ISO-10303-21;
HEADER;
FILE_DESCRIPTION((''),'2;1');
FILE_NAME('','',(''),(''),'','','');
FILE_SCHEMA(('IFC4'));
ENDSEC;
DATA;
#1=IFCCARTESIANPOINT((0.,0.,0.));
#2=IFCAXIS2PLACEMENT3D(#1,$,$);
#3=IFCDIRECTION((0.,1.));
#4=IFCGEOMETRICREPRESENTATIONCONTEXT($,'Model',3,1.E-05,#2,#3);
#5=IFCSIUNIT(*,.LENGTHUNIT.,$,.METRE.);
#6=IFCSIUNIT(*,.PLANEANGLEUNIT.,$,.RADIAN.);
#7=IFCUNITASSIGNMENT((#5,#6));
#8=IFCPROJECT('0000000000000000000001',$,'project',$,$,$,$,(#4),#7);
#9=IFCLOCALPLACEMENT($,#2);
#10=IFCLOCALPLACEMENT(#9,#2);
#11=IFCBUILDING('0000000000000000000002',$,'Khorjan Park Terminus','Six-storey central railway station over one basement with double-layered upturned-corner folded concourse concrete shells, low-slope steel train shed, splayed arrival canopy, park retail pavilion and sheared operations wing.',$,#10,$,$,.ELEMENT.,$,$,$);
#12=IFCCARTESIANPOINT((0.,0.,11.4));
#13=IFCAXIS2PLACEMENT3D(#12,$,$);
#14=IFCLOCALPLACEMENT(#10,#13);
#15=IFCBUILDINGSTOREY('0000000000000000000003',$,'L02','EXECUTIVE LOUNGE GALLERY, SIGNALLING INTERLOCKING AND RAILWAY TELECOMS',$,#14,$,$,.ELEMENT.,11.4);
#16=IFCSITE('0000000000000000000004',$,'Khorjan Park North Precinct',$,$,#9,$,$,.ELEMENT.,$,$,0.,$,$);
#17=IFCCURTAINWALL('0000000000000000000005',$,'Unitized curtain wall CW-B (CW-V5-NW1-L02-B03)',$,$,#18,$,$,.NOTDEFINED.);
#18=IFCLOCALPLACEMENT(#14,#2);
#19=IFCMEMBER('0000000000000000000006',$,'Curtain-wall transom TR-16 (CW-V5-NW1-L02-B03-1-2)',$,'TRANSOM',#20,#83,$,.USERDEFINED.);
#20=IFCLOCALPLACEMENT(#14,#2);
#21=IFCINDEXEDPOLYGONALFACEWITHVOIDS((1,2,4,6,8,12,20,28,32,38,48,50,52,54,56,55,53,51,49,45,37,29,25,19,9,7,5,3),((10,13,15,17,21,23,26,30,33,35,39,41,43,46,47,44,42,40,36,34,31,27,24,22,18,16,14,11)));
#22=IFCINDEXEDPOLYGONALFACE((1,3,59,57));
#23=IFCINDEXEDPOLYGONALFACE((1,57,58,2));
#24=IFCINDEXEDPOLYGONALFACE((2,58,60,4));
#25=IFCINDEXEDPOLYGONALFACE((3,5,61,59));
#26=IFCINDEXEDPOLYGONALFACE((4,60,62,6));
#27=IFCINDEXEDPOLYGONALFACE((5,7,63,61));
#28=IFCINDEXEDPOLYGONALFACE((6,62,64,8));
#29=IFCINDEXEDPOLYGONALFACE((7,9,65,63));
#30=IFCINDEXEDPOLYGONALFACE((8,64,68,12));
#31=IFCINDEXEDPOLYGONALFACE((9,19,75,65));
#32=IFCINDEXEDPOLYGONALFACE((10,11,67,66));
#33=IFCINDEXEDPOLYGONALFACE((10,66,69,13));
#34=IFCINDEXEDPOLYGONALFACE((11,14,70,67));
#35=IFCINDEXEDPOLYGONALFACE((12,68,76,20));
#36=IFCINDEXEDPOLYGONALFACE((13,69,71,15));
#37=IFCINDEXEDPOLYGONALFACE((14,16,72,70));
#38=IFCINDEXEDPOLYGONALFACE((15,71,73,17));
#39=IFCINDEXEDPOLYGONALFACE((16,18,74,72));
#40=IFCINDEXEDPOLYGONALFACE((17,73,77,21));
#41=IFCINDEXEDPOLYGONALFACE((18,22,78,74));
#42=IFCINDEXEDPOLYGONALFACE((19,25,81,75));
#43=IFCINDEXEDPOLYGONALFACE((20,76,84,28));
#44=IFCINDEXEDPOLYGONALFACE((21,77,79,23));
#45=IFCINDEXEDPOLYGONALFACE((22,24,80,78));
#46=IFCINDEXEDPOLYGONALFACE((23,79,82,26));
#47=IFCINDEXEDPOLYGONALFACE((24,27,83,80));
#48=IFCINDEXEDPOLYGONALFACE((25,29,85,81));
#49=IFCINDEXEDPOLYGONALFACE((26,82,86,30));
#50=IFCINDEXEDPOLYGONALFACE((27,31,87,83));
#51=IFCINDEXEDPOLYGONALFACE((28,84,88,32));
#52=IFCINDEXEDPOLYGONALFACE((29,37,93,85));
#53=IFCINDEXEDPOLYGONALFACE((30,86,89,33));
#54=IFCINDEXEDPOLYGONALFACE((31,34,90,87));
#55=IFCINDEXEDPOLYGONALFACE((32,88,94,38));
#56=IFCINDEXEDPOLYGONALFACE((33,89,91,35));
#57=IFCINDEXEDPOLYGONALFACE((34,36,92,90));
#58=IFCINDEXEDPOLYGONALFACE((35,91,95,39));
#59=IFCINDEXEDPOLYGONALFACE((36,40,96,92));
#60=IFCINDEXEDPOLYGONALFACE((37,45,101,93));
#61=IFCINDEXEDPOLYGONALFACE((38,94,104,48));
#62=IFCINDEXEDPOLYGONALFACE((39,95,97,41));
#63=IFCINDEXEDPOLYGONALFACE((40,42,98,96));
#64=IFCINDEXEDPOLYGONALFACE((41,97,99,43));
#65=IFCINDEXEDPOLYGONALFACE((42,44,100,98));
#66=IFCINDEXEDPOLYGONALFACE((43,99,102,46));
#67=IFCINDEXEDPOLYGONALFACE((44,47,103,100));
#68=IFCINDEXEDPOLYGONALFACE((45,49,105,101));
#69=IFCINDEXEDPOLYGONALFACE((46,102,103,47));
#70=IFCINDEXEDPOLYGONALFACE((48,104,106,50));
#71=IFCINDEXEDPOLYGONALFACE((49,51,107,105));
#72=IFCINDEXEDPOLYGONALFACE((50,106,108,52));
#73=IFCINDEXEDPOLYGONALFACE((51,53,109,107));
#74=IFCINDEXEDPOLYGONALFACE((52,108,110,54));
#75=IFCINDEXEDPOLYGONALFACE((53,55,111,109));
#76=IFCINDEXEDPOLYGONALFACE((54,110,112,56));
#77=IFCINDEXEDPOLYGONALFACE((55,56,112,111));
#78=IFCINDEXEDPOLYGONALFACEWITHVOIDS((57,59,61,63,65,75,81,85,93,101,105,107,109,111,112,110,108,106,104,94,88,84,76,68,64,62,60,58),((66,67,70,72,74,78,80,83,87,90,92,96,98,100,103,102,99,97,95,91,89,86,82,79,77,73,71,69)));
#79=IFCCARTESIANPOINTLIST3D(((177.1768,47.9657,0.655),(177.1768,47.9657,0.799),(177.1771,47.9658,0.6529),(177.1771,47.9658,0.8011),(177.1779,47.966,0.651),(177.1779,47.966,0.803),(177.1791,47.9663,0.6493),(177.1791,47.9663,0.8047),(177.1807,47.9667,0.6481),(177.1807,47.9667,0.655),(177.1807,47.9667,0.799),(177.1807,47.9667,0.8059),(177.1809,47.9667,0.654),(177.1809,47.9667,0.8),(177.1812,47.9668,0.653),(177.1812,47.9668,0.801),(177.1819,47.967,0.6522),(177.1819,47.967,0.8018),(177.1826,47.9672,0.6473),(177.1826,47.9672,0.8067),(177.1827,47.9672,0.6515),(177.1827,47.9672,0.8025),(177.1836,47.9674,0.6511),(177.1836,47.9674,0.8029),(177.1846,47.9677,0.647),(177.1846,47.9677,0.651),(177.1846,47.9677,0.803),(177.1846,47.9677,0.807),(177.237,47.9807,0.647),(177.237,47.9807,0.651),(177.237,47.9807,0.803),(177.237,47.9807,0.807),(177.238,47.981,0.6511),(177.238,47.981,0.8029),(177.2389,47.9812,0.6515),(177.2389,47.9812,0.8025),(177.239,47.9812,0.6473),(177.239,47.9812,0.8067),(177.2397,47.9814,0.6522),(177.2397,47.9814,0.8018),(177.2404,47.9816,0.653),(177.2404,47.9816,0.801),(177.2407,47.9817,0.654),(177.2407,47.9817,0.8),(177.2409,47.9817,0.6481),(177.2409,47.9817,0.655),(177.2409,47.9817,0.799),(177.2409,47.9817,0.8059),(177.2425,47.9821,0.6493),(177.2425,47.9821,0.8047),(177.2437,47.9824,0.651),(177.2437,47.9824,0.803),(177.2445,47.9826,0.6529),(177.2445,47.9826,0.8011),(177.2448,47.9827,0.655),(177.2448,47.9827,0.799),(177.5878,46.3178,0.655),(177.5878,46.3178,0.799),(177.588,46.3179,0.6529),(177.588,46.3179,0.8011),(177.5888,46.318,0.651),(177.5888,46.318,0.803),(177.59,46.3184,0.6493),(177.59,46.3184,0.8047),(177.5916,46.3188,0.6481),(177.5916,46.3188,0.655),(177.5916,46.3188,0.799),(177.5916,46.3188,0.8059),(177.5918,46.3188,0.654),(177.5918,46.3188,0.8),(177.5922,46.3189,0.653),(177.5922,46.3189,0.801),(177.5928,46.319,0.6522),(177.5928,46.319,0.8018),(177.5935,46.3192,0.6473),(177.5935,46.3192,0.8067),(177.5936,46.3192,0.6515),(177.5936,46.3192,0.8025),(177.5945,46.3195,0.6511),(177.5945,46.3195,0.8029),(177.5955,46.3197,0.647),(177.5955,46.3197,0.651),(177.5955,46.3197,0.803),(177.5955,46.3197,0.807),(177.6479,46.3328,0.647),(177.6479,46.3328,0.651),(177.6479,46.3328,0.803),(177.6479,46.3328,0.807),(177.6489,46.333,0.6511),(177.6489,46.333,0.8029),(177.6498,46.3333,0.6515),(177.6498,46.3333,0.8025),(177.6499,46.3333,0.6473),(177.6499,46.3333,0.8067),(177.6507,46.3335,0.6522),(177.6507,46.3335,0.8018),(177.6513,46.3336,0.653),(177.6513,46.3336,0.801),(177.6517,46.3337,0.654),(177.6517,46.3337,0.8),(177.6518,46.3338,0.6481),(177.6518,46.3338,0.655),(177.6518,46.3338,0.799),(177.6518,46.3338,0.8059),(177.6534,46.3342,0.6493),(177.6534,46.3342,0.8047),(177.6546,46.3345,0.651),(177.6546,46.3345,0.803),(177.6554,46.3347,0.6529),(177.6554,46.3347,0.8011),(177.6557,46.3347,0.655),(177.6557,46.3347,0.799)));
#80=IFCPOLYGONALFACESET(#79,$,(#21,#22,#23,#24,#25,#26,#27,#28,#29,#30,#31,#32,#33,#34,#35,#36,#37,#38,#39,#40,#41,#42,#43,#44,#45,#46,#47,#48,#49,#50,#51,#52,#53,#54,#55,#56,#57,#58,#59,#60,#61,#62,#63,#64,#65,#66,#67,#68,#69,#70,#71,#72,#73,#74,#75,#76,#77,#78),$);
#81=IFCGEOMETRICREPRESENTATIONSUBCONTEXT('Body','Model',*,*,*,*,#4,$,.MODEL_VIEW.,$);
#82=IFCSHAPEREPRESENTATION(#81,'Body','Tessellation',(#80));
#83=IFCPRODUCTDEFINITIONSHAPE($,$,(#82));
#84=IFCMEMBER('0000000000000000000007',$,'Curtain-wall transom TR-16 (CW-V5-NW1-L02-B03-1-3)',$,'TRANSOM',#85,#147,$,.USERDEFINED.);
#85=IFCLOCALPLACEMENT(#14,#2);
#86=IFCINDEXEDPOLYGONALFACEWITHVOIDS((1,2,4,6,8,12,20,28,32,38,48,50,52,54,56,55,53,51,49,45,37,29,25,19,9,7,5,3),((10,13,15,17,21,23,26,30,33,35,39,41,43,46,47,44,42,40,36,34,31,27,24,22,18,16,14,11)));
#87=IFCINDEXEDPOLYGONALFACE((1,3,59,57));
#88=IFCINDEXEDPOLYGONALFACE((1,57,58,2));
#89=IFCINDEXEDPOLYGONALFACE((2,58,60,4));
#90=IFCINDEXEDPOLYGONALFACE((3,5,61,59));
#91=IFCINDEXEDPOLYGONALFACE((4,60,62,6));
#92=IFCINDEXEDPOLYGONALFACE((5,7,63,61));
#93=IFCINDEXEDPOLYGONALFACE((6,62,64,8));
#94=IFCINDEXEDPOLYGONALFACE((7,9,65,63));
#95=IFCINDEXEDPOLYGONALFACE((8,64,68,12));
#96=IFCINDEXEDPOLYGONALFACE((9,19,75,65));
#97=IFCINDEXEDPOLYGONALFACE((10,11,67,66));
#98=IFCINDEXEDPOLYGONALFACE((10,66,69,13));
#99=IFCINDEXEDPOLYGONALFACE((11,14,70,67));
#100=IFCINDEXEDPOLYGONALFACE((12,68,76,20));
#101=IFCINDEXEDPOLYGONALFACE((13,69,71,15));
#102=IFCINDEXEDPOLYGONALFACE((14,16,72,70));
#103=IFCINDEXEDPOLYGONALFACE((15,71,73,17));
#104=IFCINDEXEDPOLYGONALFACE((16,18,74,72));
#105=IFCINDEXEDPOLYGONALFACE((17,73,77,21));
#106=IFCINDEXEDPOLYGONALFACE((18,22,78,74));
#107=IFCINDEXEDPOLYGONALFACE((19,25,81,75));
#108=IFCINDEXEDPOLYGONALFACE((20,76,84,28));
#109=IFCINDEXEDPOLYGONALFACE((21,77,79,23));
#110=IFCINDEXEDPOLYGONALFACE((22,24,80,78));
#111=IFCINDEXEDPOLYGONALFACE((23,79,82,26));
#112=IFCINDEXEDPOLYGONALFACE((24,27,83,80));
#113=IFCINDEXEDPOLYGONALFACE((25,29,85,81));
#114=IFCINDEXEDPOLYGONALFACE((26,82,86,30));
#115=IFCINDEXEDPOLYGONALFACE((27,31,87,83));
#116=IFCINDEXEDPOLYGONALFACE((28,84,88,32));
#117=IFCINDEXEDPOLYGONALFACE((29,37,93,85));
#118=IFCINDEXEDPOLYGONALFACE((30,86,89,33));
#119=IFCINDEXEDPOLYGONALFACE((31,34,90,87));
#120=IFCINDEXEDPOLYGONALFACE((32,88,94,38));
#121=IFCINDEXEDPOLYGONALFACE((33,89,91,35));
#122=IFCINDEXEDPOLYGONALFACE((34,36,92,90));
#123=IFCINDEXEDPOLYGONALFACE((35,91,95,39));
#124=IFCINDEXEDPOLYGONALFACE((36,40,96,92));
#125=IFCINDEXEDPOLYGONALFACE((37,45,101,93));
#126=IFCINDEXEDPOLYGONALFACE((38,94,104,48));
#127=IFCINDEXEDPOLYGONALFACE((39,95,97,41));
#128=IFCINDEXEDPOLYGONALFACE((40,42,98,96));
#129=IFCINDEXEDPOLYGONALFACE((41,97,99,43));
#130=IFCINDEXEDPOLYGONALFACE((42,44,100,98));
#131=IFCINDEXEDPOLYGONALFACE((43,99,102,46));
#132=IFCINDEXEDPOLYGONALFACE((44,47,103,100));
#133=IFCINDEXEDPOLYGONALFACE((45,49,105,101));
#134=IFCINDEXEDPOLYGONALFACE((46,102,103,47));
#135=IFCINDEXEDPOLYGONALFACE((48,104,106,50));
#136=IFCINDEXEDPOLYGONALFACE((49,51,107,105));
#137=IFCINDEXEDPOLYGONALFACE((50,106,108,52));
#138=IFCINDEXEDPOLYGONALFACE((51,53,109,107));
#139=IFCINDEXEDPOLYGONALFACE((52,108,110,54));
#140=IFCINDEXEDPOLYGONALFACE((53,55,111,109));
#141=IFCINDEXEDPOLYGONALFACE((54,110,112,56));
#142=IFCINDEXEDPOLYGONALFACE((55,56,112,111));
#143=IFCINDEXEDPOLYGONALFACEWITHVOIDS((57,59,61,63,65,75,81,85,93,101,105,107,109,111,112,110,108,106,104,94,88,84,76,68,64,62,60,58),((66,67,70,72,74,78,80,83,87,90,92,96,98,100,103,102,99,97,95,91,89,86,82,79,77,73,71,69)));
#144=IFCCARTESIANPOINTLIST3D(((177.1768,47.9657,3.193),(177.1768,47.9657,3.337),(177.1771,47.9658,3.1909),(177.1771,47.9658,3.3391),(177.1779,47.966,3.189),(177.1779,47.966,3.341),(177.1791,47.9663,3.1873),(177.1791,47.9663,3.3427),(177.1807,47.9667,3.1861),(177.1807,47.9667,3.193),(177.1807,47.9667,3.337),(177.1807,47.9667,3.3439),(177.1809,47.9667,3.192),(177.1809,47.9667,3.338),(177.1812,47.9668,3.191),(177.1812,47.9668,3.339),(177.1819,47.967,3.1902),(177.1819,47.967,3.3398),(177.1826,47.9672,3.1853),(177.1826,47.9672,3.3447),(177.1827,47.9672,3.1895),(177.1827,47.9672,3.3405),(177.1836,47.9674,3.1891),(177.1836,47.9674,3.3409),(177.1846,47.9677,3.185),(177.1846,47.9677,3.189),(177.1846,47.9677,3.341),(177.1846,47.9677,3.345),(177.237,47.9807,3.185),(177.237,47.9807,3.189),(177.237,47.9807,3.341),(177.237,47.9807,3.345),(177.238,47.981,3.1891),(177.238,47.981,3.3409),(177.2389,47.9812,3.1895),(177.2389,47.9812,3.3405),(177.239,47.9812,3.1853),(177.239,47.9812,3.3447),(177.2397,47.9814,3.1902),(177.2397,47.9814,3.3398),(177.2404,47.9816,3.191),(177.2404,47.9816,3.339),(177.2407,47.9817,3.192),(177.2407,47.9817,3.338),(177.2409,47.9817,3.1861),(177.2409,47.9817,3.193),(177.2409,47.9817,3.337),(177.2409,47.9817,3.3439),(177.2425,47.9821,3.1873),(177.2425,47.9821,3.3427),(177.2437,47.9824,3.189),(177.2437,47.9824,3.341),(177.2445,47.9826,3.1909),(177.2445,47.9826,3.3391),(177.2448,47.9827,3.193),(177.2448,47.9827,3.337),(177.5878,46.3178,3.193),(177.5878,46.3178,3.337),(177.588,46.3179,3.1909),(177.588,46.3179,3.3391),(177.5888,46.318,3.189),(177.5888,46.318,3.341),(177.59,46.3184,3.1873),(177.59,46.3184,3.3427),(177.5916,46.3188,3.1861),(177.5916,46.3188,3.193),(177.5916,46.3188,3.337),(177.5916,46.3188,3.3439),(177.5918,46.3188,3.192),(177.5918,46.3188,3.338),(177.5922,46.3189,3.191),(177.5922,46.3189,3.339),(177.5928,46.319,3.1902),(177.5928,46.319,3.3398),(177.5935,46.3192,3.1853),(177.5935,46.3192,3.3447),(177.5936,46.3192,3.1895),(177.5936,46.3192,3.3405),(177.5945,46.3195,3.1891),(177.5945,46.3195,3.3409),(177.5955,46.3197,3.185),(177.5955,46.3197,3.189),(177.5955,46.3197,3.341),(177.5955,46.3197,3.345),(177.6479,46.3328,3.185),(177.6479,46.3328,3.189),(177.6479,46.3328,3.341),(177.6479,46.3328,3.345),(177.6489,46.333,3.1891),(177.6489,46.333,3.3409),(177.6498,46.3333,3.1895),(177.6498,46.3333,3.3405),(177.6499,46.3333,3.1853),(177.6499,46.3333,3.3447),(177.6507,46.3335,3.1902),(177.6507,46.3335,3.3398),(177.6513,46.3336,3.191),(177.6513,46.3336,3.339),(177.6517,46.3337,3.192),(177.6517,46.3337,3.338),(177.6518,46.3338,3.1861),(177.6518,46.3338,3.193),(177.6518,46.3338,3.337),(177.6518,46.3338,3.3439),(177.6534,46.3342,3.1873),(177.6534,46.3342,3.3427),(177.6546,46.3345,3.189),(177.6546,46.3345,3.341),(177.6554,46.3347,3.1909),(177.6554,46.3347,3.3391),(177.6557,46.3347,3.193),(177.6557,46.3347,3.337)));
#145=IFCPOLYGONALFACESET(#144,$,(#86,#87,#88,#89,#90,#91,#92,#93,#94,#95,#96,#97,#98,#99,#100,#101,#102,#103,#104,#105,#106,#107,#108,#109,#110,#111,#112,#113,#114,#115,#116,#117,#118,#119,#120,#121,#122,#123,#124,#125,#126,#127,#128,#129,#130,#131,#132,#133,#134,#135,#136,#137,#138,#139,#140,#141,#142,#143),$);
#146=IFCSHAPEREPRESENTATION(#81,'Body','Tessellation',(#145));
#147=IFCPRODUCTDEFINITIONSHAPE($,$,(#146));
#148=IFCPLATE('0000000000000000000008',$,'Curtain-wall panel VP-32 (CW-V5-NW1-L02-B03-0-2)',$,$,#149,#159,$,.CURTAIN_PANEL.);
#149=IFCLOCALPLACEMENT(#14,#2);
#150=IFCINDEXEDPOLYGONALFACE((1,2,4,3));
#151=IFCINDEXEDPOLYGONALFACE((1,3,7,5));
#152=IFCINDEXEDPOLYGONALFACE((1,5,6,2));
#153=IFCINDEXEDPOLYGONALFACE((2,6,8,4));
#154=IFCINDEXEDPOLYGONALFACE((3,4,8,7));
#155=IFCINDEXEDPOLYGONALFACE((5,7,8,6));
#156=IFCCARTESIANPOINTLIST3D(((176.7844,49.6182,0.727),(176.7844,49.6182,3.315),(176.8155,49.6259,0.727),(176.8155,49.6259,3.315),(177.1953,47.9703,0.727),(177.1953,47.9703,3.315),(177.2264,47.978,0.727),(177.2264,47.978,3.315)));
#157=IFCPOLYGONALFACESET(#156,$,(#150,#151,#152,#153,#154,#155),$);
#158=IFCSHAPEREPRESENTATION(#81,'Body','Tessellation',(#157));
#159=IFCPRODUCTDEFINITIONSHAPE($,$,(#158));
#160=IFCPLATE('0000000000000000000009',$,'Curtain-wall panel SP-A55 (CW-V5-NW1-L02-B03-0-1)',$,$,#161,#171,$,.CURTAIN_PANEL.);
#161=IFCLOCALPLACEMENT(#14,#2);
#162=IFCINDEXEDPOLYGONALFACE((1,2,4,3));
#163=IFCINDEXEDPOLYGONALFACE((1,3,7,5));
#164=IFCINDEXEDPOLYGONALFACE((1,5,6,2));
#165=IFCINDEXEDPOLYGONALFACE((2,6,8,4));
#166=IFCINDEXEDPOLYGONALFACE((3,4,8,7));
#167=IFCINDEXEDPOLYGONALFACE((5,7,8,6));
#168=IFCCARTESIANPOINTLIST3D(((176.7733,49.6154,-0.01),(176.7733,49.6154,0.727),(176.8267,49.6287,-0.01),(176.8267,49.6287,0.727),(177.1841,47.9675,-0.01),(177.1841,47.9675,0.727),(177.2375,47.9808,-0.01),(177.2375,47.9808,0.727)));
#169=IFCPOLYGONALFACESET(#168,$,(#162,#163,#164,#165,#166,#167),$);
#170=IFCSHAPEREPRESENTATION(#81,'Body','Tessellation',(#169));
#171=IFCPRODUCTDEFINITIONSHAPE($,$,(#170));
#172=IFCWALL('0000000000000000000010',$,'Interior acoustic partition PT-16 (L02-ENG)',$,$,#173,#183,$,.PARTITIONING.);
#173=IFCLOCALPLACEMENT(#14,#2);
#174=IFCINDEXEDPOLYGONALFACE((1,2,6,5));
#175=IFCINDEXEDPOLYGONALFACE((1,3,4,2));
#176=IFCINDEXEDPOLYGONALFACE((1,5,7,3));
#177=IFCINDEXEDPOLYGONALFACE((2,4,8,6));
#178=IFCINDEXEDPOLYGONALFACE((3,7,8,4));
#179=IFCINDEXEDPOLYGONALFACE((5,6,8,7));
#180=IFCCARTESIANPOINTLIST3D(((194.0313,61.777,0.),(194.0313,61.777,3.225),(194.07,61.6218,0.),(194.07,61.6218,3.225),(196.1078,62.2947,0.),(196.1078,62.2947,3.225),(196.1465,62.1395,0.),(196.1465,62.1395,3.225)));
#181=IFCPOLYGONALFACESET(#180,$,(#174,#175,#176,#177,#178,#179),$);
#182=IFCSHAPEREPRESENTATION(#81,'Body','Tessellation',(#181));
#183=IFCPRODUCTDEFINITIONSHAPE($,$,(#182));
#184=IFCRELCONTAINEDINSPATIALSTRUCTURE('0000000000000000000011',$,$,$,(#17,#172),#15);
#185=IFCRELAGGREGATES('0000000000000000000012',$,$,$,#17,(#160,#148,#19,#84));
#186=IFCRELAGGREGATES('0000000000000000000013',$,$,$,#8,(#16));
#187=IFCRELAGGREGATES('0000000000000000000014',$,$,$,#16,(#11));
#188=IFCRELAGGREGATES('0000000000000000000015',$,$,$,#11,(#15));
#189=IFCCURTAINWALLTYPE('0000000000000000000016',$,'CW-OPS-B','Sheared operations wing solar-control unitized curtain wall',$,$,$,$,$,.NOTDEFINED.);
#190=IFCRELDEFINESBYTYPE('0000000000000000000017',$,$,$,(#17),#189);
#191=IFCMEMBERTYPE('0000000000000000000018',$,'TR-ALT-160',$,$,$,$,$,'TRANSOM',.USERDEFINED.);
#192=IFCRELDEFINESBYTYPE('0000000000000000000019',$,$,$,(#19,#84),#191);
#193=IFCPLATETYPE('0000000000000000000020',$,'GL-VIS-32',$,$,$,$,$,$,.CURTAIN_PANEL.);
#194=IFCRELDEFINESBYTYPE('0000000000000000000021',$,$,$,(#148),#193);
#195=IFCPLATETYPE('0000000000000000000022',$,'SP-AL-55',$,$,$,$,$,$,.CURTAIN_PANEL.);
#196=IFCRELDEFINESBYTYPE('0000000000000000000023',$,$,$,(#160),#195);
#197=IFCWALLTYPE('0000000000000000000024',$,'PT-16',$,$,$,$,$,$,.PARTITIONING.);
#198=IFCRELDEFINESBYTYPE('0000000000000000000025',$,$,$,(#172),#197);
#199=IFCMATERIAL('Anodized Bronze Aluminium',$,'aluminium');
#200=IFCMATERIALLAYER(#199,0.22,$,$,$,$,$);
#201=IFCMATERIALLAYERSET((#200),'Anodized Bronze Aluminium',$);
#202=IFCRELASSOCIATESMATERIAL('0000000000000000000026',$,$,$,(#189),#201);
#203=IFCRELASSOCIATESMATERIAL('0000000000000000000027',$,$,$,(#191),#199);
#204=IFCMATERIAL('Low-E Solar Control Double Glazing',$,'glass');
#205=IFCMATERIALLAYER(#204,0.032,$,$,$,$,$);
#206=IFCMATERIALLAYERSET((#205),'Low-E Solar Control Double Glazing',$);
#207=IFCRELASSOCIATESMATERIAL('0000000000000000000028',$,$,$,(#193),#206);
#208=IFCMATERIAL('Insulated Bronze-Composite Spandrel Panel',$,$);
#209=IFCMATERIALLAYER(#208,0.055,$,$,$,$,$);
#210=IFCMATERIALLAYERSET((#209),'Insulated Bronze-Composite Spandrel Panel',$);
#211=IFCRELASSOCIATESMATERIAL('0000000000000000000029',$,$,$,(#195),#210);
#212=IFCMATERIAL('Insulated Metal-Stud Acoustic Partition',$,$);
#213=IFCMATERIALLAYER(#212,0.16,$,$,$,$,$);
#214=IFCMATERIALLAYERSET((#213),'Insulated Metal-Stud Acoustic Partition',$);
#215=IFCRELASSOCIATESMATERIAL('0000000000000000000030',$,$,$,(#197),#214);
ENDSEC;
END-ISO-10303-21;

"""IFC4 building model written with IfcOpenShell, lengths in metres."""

from ifc_helpers import new_model, si_unit, direction, frame, frame_2d, origin, origin_2d, place, context, subcontext, project, spatial, rectangle, hollow_rectangle, extrude, material, layer, layer_set, material_profile, profile_set, type_object, element, aggregate, save


model = new_model("IFC4")

# Units and contexts
model_context = context("Model", 3, precision=1e-05, world=origin(), true_north=direction((0.0, 1.0)))
body_context = subcontext(model_context, "Body", "Model", "MODEL_VIEW")
ifc_project = project(units=[si_unit("LENGTHUNIT", "METRE"), si_unit("PLANEANGLEUNIT", "RADIAN")], contexts=[model_context])

# Site, building, storey
site_placement = place(None, origin())
site = spatial("IfcSite", under=ifc_project, at=site_placement, Name="Khorjan Park North Precinct", CompositionType="ELEMENT", RefElevation=0.0)
building_placement = place(site_placement, origin())
building = spatial("IfcBuilding", under=site, at=building_placement, Name="Khorjan Park Terminus", Description="Six-storey central railway station over one basement with double-layered upturned-corner folded concourse concrete shells, low-slope steel train shed, splayed arrival canopy, park retail pavilion and sheared operations wing.", CompositionType="ELEMENT")
storey_placement = place(building_placement, frame((0.0, 0.0, 11.4)))
storey = spatial("IfcBuildingStorey", under=building, at=storey_placement, Name="L02", Description="EXECUTIVE LOUNGE GALLERY, SIGNALLING INTERLOCKING AND RAILWAY TELECOMS", CompositionType="ELEMENT", Elevation=11.4)

# Curtain wall, members, plates
ifc_material_1 = material(Name="Anodized Bronze Aluminium", Category="aluminium")
ifc_layer_1 = layer(ifc_material_1, 0.22)
ifc_layer_set_1 = layer_set([ifc_layer_1], Name="Anodized Bronze Aluminium")
curtain_wall_type = type_object("IfcCurtainWallType", Name="CW-OPS-B", Description="Sheared operations wing solar-control unitized curtain wall", PredefinedType="NOTDEFINED", material=ifc_layer_set_1)
curtain_wall_placement = place(storey_placement, origin())
curtain_wall = element("IfcCurtainWall", 1, at=curtain_wall_placement, inside=storey, type_object=curtain_wall_type, Name="Unitized curtain wall CW-B (CW-V5-NW1-L02-B03)", PredefinedType="NOTDEFINED")
ifc_material_profile_1 = material_profile(ifc_material_1, hollow_rectangle(XDim=0.07, YDim=0.16, WallThickness=0.004, InnerFilletRadius=0.004, OuterFilletRadius=0.008, at=origin_2d()), Name="ALT 70x160x4")
ifc_profile_set_1 = profile_set([ifc_material_profile_1], Name="Anodized Bronze Aluminium")
member_type_1 = type_object("IfcMemberType", Name="TR-ALT-160", ElementType="TRANSOM", PredefinedType="USERDEFINED", material=ifc_profile_set_1)
member_1_placement = place(storey_placement, frame((177.2108, 47.9742, 0.727), z_axis=(0.24194, -0.970291, 0.0), x_axis=(0.970291, 0.24194, 0.0)))
member_1 = element("IfcMember", 2, at=member_1_placement, type_object=member_type_1, Name="Curtain-wall transom TR-16 (CW-V5-NW1-L02-B03-1-2)", ObjectType="TRANSOM", PredefinedType="USERDEFINED", context=body_context, shape_type="SweptSolid", body=[
    extrude(hollow_rectangle(XDim=0.07, YDim=0.16, WallThickness=0.004, InnerFilletRadius=0.004, OuterFilletRadius=0.008, at=origin_2d()), origin(), (0.0, 0.0, 1.0), 1.6984),
])
member_2_placement = place(storey_placement, frame((177.2108, 47.9742, 3.265), z_axis=(0.24194, -0.970291, 0.0), x_axis=(0.970291, 0.24194, 0.0)))
member_2 = element("IfcMember", 3, at=member_2_placement, type_object=member_type_1, Name="Curtain-wall transom TR-16 (CW-V5-NW1-L02-B03-1-3)", ObjectType="TRANSOM", PredefinedType="USERDEFINED", context=body_context, shape_type="SweptSolid", body=[
    extrude(hollow_rectangle(XDim=0.07, YDim=0.16, WallThickness=0.004, InnerFilletRadius=0.004, OuterFilletRadius=0.008, at=origin_2d()), origin(), (0.0, 0.0, 1.0), 1.6984),
])
ifc_material_2 = material(Name="Low-E Solar Control Double Glazing", Category="glass")
ifc_layer_2 = layer(ifc_material_2, 0.032)
ifc_layer_set_2 = layer_set([ifc_layer_2], Name="Low-E Solar Control Double Glazing")
plate_type_1 = type_object("IfcPlateType", Name="GL-VIS-32", PredefinedType="CURTAIN_PANEL", material=ifc_layer_set_2)
plate_1_placement = place(storey_placement, frame((177.0054, 48.7981, 0.727), z_axis=(0.0, 0.0, 1.0), x_axis=(0.241921, -0.970296, 0.0)))
plate_1 = element("IfcPlate", 4, at=plate_1_placement, type_object=plate_type_1, Name="Curtain-wall panel VP-32 (CW-V5-NW1-L02-B03-0-2)", PredefinedType="CURTAIN_PANEL", context=body_context, shape_type="SweptSolid", body=[
    extrude(rectangle(XDim=1.6983, YDim=0.032, at=origin_2d()), origin(), (0.0, 0.0, 1.0), 2.588),
])
ifc_material_3 = material(Name="Insulated Bronze-Composite Spandrel Panel")
ifc_layer_3 = layer(ifc_material_3, 0.055)
ifc_layer_set_3 = layer_set([ifc_layer_3], Name="Insulated Bronze-Composite Spandrel Panel")
plate_type_2 = type_object("IfcPlateType", Name="SP-AL-55", PredefinedType="CURTAIN_PANEL", material=ifc_layer_set_3)
plate_2_placement = place(storey_placement, frame((177.0054, 48.7981, -0.01), z_axis=(0.0, 0.0, 1.0), x_axis=(0.241921, -0.970296, 0.0)))
plate_2 = element("IfcPlate", 5, at=plate_2_placement, type_object=plate_type_2, Name="Curtain-wall panel SP-A55 (CW-V5-NW1-L02-B03-0-1)", PredefinedType="CURTAIN_PANEL", context=body_context, shape_type="SweptSolid", body=[
    extrude(rectangle(XDim=1.6983, YDim=0.055, at=origin_2d()), origin(), (0.0, 0.0, 1.0), 0.737),
])
aggregate(curtain_wall, [plate_2, plate_1, member_1, member_2])

# Wall
ifc_material_4 = material(Name="Insulated Metal-Stud Acoustic Partition")
ifc_layer_4 = layer(ifc_material_4, 0.16)
ifc_layer_set_4 = layer_set([ifc_layer_4], Name="Insulated Metal-Stud Acoustic Partition")
wall_type = type_object("IfcWallType", Name="PT-16", PredefinedType="PARTITIONING", material=ifc_layer_set_4)
wall_1_placement = place(storey_placement, frame((196.1271, 62.2171, 0.0), z_axis=(0.0, 0.0, 1.0), x_axis=(-0.970299, -0.241909, 0.0)))
element("IfcWall", 6, at=wall_1_placement, inside=storey, type_object=wall_type, Name="Interior acoustic partition PT-16 (L02-ENG)", PredefinedType="PARTITIONING", context=body_context, shape_type="SweptSolid", body=[
    extrude(rectangle(XDim=2.1401, YDim=0.16, at=frame_2d((1.07, 0.0))), origin(), (0.0, 0.0, 1.0), 3.225),
])

save(model, "model.ifc")
